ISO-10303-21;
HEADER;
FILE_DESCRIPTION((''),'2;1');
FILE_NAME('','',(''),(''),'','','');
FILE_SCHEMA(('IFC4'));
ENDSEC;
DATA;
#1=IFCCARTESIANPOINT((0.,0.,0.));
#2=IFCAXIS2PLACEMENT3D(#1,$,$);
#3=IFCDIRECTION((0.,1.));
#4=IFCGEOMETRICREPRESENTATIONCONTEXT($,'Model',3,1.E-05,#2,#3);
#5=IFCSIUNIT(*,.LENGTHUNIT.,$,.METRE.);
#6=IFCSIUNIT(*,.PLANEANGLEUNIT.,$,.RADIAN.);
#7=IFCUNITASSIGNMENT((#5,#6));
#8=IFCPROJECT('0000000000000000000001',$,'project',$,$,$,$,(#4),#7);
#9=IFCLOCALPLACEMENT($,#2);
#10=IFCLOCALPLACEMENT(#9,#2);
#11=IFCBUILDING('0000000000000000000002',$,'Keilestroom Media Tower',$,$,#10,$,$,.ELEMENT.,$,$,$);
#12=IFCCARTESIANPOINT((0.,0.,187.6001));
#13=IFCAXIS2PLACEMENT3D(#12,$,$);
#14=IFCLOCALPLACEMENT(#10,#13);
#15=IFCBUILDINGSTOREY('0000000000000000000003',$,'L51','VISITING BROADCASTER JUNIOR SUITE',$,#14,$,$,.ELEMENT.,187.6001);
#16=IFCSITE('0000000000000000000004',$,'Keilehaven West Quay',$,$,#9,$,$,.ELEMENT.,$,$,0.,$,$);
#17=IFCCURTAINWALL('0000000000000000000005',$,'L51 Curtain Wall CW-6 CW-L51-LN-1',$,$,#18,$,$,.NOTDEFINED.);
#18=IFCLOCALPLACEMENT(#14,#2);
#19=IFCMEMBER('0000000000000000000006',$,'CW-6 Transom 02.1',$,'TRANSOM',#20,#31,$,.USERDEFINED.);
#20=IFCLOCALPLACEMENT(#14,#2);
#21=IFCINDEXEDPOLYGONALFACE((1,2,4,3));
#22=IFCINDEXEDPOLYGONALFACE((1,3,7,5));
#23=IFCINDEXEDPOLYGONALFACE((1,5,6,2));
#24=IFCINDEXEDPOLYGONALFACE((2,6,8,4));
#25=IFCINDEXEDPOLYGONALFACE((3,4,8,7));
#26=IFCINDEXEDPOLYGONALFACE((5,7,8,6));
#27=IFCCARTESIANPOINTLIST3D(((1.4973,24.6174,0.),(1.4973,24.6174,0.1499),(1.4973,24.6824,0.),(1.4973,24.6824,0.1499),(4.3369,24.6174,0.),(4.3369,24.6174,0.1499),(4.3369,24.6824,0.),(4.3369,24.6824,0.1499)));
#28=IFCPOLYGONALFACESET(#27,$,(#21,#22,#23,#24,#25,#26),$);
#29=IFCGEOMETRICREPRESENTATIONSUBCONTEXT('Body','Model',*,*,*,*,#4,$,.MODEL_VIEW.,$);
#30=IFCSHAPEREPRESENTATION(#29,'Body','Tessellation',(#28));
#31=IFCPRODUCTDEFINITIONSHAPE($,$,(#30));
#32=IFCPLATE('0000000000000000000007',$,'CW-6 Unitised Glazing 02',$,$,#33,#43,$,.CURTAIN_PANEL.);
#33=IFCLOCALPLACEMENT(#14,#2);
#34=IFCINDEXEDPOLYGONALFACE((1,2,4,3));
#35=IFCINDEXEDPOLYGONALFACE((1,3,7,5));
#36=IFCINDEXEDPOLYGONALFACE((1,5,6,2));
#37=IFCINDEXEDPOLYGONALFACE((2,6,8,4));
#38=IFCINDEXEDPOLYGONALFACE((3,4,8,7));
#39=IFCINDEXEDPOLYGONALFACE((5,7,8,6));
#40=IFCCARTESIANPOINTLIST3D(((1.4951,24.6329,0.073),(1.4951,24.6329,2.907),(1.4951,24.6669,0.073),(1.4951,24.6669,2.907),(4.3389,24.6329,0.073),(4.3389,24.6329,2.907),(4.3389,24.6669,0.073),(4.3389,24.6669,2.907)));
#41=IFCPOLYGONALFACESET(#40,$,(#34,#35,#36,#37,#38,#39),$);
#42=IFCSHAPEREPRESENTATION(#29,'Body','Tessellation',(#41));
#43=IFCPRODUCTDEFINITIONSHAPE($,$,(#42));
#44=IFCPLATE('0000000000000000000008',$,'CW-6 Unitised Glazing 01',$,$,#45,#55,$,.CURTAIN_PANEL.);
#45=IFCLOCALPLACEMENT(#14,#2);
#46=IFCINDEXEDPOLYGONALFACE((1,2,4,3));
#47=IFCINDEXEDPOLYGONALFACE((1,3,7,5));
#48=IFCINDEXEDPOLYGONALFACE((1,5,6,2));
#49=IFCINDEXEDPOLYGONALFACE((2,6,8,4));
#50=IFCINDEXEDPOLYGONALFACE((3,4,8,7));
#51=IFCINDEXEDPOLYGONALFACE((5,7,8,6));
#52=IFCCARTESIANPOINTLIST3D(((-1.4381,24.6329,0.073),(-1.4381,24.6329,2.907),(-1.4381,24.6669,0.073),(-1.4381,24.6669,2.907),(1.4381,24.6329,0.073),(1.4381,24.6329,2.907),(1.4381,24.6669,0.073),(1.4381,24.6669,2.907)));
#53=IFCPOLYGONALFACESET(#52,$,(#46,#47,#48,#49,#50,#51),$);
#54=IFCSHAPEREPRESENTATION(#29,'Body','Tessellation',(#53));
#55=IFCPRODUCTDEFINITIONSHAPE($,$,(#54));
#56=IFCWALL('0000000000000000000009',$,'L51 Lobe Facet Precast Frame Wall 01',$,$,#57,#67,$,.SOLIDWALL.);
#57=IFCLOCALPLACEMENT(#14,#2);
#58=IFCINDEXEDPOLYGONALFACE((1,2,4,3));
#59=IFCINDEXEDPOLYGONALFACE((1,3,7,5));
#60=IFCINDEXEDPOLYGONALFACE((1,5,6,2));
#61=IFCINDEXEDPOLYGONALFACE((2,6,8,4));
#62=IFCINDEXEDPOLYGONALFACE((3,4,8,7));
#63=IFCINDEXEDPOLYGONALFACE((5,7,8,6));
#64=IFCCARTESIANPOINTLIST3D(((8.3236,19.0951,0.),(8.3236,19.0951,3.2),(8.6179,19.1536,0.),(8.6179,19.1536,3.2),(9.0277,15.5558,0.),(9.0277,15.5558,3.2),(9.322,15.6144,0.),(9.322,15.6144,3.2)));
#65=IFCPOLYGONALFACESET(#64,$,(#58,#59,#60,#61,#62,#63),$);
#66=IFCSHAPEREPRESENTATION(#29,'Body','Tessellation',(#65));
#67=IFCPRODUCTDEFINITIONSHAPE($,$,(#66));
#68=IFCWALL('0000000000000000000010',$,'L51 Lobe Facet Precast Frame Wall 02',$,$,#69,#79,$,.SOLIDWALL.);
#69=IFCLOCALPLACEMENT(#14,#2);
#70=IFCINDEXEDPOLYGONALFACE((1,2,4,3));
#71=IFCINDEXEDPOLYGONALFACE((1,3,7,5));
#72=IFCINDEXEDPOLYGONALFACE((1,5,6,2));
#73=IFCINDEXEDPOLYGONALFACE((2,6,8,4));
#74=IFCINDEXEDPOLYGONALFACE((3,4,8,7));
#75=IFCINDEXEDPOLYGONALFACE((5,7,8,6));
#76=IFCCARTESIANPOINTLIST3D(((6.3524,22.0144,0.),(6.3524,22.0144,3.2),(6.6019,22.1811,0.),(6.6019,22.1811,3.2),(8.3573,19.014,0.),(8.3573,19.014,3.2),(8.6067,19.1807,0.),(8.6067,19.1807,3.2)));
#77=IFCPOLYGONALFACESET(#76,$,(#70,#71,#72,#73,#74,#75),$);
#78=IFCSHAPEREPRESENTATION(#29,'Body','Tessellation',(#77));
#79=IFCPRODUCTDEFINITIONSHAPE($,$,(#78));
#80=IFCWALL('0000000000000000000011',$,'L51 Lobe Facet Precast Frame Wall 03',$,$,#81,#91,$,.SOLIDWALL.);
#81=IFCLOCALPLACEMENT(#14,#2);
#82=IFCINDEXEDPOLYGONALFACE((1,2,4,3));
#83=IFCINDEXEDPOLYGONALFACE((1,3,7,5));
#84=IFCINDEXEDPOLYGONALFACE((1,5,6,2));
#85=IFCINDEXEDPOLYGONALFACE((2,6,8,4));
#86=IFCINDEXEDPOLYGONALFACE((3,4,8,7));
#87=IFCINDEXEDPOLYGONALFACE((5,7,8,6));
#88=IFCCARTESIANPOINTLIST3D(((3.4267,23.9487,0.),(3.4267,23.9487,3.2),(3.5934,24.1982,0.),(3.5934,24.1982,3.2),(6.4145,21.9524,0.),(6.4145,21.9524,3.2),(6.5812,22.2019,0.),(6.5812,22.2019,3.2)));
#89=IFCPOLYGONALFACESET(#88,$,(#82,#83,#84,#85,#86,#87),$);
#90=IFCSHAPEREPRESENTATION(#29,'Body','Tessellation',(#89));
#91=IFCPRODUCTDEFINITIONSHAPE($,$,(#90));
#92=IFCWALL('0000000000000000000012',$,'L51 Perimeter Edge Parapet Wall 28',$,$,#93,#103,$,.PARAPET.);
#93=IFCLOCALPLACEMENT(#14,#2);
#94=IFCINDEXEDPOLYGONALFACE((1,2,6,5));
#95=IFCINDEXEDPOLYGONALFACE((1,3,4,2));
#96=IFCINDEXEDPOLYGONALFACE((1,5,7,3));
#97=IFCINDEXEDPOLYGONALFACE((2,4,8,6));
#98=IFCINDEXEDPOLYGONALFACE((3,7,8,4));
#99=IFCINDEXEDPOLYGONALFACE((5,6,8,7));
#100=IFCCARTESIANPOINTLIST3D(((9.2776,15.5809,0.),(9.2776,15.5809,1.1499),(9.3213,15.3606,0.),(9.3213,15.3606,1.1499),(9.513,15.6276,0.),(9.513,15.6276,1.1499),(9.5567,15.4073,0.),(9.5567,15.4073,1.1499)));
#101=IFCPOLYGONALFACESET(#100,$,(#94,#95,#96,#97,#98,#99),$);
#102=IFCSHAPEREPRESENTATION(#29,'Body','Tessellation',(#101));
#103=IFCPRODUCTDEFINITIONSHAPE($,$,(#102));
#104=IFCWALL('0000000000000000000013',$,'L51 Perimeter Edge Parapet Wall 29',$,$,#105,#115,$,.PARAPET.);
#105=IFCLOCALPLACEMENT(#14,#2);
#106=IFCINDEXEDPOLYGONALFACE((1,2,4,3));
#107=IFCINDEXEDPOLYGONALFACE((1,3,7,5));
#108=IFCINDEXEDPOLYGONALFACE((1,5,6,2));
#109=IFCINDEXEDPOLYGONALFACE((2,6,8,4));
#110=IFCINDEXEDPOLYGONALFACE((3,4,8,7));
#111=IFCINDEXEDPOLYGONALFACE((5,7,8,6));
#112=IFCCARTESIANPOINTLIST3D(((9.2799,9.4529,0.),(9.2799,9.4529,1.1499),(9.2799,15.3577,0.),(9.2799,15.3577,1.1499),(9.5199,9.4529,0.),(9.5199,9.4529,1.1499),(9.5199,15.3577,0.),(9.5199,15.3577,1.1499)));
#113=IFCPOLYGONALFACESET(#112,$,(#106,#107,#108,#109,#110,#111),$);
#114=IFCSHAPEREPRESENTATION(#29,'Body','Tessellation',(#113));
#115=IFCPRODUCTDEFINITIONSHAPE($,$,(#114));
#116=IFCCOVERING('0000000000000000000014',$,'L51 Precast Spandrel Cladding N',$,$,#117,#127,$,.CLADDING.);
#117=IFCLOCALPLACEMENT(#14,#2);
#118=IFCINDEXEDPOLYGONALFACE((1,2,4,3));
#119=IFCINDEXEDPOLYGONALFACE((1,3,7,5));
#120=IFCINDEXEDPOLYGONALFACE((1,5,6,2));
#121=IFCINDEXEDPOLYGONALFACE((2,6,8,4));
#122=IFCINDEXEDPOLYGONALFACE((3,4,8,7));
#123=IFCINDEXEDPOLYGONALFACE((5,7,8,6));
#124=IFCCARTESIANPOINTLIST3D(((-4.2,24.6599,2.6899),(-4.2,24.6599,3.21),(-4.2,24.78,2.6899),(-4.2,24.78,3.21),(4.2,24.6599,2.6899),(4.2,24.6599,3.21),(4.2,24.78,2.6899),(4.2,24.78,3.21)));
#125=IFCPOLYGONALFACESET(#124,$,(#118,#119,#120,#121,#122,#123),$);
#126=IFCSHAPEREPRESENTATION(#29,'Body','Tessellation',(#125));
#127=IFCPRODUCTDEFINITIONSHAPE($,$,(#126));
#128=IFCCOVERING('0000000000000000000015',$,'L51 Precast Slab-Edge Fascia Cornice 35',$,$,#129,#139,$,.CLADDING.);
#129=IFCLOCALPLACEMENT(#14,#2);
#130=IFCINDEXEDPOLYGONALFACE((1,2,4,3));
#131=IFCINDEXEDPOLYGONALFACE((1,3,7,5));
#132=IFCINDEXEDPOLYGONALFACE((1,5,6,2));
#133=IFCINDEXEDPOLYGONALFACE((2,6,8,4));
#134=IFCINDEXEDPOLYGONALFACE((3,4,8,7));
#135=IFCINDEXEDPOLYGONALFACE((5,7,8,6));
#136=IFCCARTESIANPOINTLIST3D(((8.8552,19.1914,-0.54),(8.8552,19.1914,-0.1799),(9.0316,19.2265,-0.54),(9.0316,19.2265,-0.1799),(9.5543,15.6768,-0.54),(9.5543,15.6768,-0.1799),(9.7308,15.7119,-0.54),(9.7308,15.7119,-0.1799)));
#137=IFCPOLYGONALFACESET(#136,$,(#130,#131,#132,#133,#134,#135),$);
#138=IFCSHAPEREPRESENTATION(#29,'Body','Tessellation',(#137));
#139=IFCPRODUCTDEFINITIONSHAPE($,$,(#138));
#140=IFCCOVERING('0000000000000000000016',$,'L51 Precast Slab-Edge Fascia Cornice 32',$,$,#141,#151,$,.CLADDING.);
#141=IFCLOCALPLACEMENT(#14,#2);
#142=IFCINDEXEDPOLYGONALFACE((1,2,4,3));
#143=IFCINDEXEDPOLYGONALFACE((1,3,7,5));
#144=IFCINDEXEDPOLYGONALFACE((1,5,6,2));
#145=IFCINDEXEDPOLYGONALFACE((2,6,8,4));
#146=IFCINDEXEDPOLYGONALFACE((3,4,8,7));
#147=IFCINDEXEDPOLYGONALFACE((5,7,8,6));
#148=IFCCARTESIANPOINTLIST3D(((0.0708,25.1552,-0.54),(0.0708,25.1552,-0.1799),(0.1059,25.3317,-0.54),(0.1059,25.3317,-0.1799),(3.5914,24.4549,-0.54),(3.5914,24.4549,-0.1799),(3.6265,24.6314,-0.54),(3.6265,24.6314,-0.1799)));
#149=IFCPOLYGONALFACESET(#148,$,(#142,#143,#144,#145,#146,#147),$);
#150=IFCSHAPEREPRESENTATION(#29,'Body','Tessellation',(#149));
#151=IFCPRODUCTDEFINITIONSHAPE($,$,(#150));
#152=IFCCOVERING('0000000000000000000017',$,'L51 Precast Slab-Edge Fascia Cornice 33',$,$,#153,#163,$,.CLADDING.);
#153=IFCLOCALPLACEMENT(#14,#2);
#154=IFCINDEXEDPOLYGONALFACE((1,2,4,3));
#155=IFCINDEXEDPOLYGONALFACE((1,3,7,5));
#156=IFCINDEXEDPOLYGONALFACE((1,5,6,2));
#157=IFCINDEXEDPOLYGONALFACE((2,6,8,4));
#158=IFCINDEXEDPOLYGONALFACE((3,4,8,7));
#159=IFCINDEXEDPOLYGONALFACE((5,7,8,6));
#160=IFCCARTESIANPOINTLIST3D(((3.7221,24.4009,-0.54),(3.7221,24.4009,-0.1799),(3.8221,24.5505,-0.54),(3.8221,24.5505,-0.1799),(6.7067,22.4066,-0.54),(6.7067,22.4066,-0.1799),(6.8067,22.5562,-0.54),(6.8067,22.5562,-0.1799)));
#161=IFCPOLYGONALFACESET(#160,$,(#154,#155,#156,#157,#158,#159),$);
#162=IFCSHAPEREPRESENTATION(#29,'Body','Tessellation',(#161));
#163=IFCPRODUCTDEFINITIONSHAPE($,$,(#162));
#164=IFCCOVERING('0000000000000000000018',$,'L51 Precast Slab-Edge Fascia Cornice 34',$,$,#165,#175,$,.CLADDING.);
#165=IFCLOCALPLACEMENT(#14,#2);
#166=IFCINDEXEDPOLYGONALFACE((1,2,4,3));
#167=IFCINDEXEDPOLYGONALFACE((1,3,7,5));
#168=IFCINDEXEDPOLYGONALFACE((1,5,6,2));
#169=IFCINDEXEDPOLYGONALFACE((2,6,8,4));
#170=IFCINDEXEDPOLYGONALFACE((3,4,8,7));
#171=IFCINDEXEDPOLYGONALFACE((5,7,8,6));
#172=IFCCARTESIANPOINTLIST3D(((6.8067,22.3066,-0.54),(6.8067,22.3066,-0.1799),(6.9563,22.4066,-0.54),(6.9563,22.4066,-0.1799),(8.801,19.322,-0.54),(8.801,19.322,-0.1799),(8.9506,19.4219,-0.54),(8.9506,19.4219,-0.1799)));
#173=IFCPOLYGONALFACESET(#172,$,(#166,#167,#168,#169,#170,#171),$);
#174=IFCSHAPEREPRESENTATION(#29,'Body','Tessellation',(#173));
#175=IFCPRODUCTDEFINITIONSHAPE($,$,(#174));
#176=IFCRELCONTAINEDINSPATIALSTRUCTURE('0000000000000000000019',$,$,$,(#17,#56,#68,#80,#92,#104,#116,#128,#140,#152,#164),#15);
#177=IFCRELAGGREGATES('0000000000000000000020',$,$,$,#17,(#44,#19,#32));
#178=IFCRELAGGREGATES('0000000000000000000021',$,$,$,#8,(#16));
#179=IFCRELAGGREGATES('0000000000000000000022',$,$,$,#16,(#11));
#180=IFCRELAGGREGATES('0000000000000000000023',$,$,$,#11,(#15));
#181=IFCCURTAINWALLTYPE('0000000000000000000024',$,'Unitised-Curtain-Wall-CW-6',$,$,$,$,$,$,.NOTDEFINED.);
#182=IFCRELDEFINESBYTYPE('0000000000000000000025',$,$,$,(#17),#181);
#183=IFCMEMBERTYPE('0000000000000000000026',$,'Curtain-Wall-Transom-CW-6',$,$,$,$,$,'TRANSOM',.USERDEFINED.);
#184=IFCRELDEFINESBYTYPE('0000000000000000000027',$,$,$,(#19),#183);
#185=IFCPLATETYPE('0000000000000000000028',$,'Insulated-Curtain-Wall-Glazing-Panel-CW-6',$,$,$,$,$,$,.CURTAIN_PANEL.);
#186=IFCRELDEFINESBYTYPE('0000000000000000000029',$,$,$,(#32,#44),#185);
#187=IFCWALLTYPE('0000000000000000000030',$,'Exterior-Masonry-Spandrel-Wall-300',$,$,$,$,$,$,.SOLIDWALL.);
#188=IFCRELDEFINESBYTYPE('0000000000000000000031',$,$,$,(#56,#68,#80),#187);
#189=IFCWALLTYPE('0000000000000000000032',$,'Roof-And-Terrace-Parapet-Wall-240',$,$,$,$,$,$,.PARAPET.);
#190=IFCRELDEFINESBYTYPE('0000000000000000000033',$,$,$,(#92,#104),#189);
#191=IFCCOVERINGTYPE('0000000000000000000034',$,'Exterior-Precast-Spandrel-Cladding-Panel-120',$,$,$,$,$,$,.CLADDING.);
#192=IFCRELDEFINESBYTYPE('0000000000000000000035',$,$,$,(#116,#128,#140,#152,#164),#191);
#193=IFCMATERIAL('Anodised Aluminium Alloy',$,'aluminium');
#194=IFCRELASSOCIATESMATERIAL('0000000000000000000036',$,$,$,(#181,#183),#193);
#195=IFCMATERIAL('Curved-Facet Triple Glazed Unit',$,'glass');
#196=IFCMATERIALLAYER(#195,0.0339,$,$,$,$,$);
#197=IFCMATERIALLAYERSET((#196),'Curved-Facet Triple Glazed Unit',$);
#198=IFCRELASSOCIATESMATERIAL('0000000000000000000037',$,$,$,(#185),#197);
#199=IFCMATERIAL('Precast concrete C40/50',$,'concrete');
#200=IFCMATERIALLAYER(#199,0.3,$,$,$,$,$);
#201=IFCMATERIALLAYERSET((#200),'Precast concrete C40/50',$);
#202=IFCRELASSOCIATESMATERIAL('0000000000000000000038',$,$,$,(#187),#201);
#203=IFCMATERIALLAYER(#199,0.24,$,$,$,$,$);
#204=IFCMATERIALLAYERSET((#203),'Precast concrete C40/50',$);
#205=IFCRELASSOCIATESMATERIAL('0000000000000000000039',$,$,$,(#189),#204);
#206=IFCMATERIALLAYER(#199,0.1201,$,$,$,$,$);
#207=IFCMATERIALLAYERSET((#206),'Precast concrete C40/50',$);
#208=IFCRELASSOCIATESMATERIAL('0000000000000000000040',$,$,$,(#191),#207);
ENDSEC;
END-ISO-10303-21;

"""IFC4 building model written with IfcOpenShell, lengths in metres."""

from ifc_helpers import new_model, si_unit, direction, frame, frame_2d, origin, origin_2d, place, context, subcontext, project, spatial, rectangle, extrude, source, transform, mapped, material, layer, layer_set, material_profile, profile_set, type_object, element, aggregate, save


model = new_model("IFC4")

# Units and contexts
model_context = context("Model", 3, precision=1e-05, world=origin(), true_north=direction((0.0, 1.0)))
body_context = subcontext(model_context, "Body", "Model", "MODEL_VIEW")
ifc_project = project(units=[si_unit("LENGTHUNIT", "METRE"), si_unit("PLANEANGLEUNIT", "RADIAN")], contexts=[model_context])

# Site, building, storey
site_placement = place(None, origin())
site = spatial("IfcSite", under=ifc_project, at=site_placement, Name="Keilehaven West Quay", CompositionType="ELEMENT", RefElevation=0.0)
building_placement = place(site_placement, origin())
building = spatial("IfcBuilding", under=site, at=building_placement, Name="Keilestroom Media Tower", CompositionType="ELEMENT")
storey_placement = place(building_placement, frame((0.0, 0.0, 187.6001)))
storey = spatial("IfcBuildingStorey", under=building, at=storey_placement, Name="L51", Description="VISITING BROADCASTER JUNIOR SUITE", CompositionType="ELEMENT", Elevation=187.6001)

# Curtain wall, member, plates
ifc_material_1 = material(Name="Anodised Aluminium Alloy", Category="aluminium")
curtain_wall_type = type_object("IfcCurtainWallType", Name="Unitised-Curtain-Wall-CW-6", PredefinedType="NOTDEFINED", material=ifc_material_1)
curtain_wall_placement = place(storey_placement, origin())
curtain_wall = element("IfcCurtainWall", 1, at=curtain_wall_placement, inside=storey, type_object=curtain_wall_type, Name="L51 Curtain Wall CW-6 CW-L51-LN-1", PredefinedType="NOTDEFINED")
ifc_material_profile_1 = material_profile(ifc_material_1, rectangle(XDim=0.0649, YDim=0.1499, at=origin_2d()), Name="ALU TRANSOM 65x150")
ifc_profile_set_1 = profile_set([ifc_material_profile_1], Name="Anodised Aluminium Alloy")
member_type_1 = type_object("IfcMemberType", Name="Curtain-Wall-Transom-CW-6", ElementType="TRANSOM", PredefinedType="USERDEFINED", material=ifc_profile_set_1)
shared_shape_1 = source(origin(), body_context, "Body", "SweptSolid", [
    extrude(rectangle(XDim=0.0649, YDim=0.1499, at=origin_2d()), origin(), (0.0, 0.0, 1.0), 2.8396),
])
member_1_placement = place(storey_placement, frame((1.4973, 24.6499, 0.075), z_axis=(1.0, 0.0, 0.0), x_axis=(0.0, 1.0, 0.0)))
member_1 = element("IfcMember", 2, at=member_1_placement, type_object=member_type_1, Name="CW-6 Transom 02.1", ObjectType="TRANSOM", PredefinedType="USERDEFINED", context=body_context, shape_type="MappedRepresentation", body=[
    mapped(shared_shape_1, transform((0.0, 0.0, 0.0), x_axis=(1.0, 0.0, 0.0), y_axis=(0.0, 1.0, 0.0), z_axis=(0.0, 0.0, 1.0), scale=1.0)),
])
ifc_material_2 = material(Name="Curved-Facet Triple Glazed Unit", Category="glass")
ifc_layer_1 = layer(ifc_material_2, 0.0339)
ifc_layer_set_1 = layer_set([ifc_layer_1], Name="Curved-Facet Triple Glazed Unit")
plate_type = type_object("IfcPlateType", Name="Insulated-Curtain-Wall-Glazing-Panel-CW-6", PredefinedType="CURTAIN_PANEL", material=ifc_layer_set_1)
shared_shape_2 = source(origin(), body_context, "Body", "SweptSolid", [
    extrude(rectangle(XDim=2.8438, YDim=0.0339, at=origin_2d()), origin(), (0.0, 0.0, 1.0), 2.834),
])
plate_1_placement = place(storey_placement, frame((2.917, 24.6499, 0.073), z_axis=(0.0, 0.0, 1.0), x_axis=(1.0, 0.0, 0.0)))
plate_1 = element("IfcPlate", 3, at=plate_1_placement, type_object=plate_type, Name="CW-6 Unitised Glazing 02", PredefinedType="CURTAIN_PANEL", context=body_context, shape_type="MappedRepresentation", body=[
    mapped(shared_shape_2, transform((0.0, 0.0, 0.0), x_axis=(1.0, 0.0, 0.0), y_axis=(0.0, 1.0, 0.0), z_axis=(0.0, 0.0, 1.0), scale=1.0)),
])
shared_shape_3 = source(origin(), body_context, "Body", "SweptSolid", [
    extrude(rectangle(XDim=2.8762, YDim=0.0339, at=origin_2d()), origin(), (0.0, 0.0, 1.0), 2.834),
])
plate_2_placement = place(storey_placement, frame((0.0, 24.6499, 0.073), z_axis=(0.0, 0.0, 1.0), x_axis=(1.0, 0.0, 0.0)))
plate_2 = element("IfcPlate", 4, at=plate_2_placement, type_object=plate_type, Name="CW-6 Unitised Glazing 01", PredefinedType="CURTAIN_PANEL", context=body_context, shape_type="MappedRepresentation", body=[
    mapped(shared_shape_3, transform((0.0, 0.0, 0.0), x_axis=(1.0, 0.0, 0.0), y_axis=(0.0, 1.0, 0.0), z_axis=(0.0, 0.0, 1.0), scale=1.0)),
])
aggregate(curtain_wall, [plate_2, member_1, plate_1])

# Walls
ifc_material_3 = material(Name="Precast concrete C40/50", Category="concrete")
ifc_layer_2 = layer(ifc_material_3, 0.3)
ifc_layer_set_2 = layer_set([ifc_layer_2], Name="Precast concrete C40/50")
wall_type_1 = type_object("IfcWallType", Name="Exterior-Masonry-Spandrel-Wall-300", PredefinedType="SOLIDWALL", material=ifc_layer_set_2)
for number, where, z_axis, x_axis, name in (
    (5, (9.1748, 15.5852, 0.0), (0.0, 0.0, 1.0), (-0.195114, 0.980781, 0.0), "L51 Lobe Facet Precast Frame Wall 01"),
    (6, (8.4819, 19.0974, 0.0), (0.0, 0.0, 1.0), (-0.555574, 0.831467, 0.0), "L51 Lobe Facet Precast Frame Wall 02"),
):
    element("IfcWall", number, at=place(storey_placement, frame(where, z_axis=z_axis, x_axis=x_axis)), inside=storey, type_object=wall_type_1, Name=name, PredefinedType="SOLIDWALL", context=body_context, shape_type="SweptSolid", body=[
        extrude(rectangle(XDim=3.6086, YDim=0.3, at=frame_2d((1.8042, 0.0))), origin(), (0.0, 0.0, 1.0), 3.2),
    ])
wall_1_placement = place(storey_placement, frame((6.4978, 22.0771, 0.0), z_axis=(0.0, 0.0, 1.0), x_axis=(-0.831475, 0.555562, 0.0)))
element("IfcWall", 7, at=wall_1_placement, inside=storey, type_object=wall_type_1, Name="L51 Lobe Facet Precast Frame Wall 03", PredefinedType="SOLIDWALL", context=body_context, shape_type="SweptSolid", body=[
    extrude(rectangle(XDim=3.5933, YDim=0.3, at=frame_2d((1.7966, 0.0))), origin(), (0.0, 0.0, 1.0), 3.2),
])
ifc_layer_3 = layer(ifc_material_3, 0.24)
ifc_layer_set_3 = layer_set([ifc_layer_3], Name="Precast concrete C40/50")
wall_type_2 = type_object("IfcWallType", Name="Roof-And-Terrace-Parapet-Wall-240", PredefinedType="PARAPET", material=ifc_layer_set_3)
wall_2_placement = place(storey_placement, frame((9.3953, 15.6042, 0.0), z_axis=(0.0, 0.0, 1.0), x_axis=(0.194652, -0.980872, 0.0)))
element("IfcWall", 8, at=wall_2_placement, inside=storey, type_object=wall_type_2, Name="L51 Perimeter Edge Parapet Wall 28", PredefinedType="PARAPET", context=body_context, shape_type="SweptSolid", body=[
    extrude(rectangle(XDim=0.2246, YDim=0.24, at=frame_2d((0.1123, 0.0))), origin(), (0.0, 0.0, 1.0), 1.1499),
])
wall_3_placement = place(storey_placement, frame((9.3999, 15.3577, 0.0), z_axis=(0.0, 0.0, 1.0), x_axis=(0.0, -1.0, 0.0)))
element("IfcWall", 9, at=wall_3_placement, inside=storey, type_object=wall_type_2, Name="L51 Perimeter Edge Parapet Wall 29", PredefinedType="PARAPET", context=body_context, shape_type="SweptSolid", body=[
    extrude(rectangle(XDim=5.9048, YDim=0.24, at=frame_2d((2.9524, 0.0))), origin(), (0.0, 0.0, 1.0), 1.1499),
])

# Coverings
ifc_layer_4 = layer(ifc_material_3, 0.1201)
ifc_layer_set_4 = layer_set([ifc_layer_4], Name="Precast concrete C40/50")
covering_type = type_object("IfcCoveringType", Name="Exterior-Precast-Spandrel-Cladding-Panel-120", PredefinedType="CLADDING", material=ifc_layer_set_4)
shared_shape_4 = source(origin(), body_context, "Body", "SweptSolid", [
    extrude(rectangle(XDim=8.3999, YDim=0.1201, at=origin_2d()), origin(), (0.0, 0.0, 1.0), 0.52),
])
covering_1_placement = place(storey_placement, frame((0.0, 24.72, 2.6899), z_axis=(0.0, 0.0, 1.0), x_axis=(1.0, 0.0, 0.0)))
element("IfcCovering", 10, at=covering_1_placement, inside=storey, type_object=covering_type, Name="L51 Precast Spandrel Cladding N", PredefinedType="CLADDING", context=body_context, shape_type="MappedRepresentation", body=[
    mapped(shared_shape_4, transform((0.0, 0.0, 0.0), x_axis=(1.0, 0.0, 0.0), y_axis=(0.0, 1.0, 0.0), z_axis=(0.0, 0.0, 1.0), scale=1.0)),
])
shared_shape_5 = source(origin(), body_context, "Body", "SweptSolid", [
    extrude(rectangle(XDim=3.5835, YDim=0.1799, at=origin_2d()), origin(), (0.0, 0.0, 1.0), 0.3601),
])
covering_2_placement = place(storey_placement, frame((9.293, 17.4517, -0.54), z_axis=(0.0, 0.0, 1.0), x_axis=(0.195099, -0.980784, 0.0)))
element("IfcCovering", 11, at=covering_2_placement, inside=storey, type_object=covering_type, Name="L51 Precast Slab-Edge Fascia Cornice 35", PredefinedType="CLADDING", context=body_context, shape_type="MappedRepresentation", body=[
    mapped(shared_shape_5, transform((0.0, 0.0, 0.0), x_axis=(1.0, 0.0, 0.0), y_axis=(0.0, 1.0, 0.0), z_axis=(0.0, 0.0, 1.0), scale=1.0)),
])
shared_shape_6 = source(origin(), body_context, "Body", "SweptSolid", [
    extrude(rectangle(XDim=3.5896, YDim=0.1799, at=origin_2d()), origin(), (0.0, 0.0, 1.0), 0.3601),
])
for number, where, z_axis, x_axis, name in (
    (12, (1.8486, 24.8933, -0.54), (0.0, 0.0, 1.0), (0.980784, -0.195099, 0.0), "L51 Precast Slab-Edge Fascia Cornice 32"),
    (13, (5.2644, 23.4785, -0.54), (0.0, 0.0, 1.0), (0.831467, -0.555575, 0.0), "L51 Precast Slab-Edge Fascia Cornice 33"),
    (14, (7.8787, 20.8643, -0.54), (0.0, 0.0, 1.0), (0.555575, -0.831467, 0.0), "L51 Precast Slab-Edge Fascia Cornice 34"),
):
    element("IfcCovering", number, at=place(storey_placement, frame(where, z_axis=z_axis, x_axis=x_axis)), inside=storey, type_object=covering_type, Name=name, PredefinedType="CLADDING", context=body_context, shape_type="MappedRepresentation", body=[
        mapped(shared_shape_6, transform((0.0, 0.0, 0.0), x_axis=(1.0, 0.0, 0.0), y_axis=(0.0, 1.0, 0.0), z_axis=(0.0, 0.0, 1.0), scale=1.0)),
    ])

save(model, "model.ifc")
